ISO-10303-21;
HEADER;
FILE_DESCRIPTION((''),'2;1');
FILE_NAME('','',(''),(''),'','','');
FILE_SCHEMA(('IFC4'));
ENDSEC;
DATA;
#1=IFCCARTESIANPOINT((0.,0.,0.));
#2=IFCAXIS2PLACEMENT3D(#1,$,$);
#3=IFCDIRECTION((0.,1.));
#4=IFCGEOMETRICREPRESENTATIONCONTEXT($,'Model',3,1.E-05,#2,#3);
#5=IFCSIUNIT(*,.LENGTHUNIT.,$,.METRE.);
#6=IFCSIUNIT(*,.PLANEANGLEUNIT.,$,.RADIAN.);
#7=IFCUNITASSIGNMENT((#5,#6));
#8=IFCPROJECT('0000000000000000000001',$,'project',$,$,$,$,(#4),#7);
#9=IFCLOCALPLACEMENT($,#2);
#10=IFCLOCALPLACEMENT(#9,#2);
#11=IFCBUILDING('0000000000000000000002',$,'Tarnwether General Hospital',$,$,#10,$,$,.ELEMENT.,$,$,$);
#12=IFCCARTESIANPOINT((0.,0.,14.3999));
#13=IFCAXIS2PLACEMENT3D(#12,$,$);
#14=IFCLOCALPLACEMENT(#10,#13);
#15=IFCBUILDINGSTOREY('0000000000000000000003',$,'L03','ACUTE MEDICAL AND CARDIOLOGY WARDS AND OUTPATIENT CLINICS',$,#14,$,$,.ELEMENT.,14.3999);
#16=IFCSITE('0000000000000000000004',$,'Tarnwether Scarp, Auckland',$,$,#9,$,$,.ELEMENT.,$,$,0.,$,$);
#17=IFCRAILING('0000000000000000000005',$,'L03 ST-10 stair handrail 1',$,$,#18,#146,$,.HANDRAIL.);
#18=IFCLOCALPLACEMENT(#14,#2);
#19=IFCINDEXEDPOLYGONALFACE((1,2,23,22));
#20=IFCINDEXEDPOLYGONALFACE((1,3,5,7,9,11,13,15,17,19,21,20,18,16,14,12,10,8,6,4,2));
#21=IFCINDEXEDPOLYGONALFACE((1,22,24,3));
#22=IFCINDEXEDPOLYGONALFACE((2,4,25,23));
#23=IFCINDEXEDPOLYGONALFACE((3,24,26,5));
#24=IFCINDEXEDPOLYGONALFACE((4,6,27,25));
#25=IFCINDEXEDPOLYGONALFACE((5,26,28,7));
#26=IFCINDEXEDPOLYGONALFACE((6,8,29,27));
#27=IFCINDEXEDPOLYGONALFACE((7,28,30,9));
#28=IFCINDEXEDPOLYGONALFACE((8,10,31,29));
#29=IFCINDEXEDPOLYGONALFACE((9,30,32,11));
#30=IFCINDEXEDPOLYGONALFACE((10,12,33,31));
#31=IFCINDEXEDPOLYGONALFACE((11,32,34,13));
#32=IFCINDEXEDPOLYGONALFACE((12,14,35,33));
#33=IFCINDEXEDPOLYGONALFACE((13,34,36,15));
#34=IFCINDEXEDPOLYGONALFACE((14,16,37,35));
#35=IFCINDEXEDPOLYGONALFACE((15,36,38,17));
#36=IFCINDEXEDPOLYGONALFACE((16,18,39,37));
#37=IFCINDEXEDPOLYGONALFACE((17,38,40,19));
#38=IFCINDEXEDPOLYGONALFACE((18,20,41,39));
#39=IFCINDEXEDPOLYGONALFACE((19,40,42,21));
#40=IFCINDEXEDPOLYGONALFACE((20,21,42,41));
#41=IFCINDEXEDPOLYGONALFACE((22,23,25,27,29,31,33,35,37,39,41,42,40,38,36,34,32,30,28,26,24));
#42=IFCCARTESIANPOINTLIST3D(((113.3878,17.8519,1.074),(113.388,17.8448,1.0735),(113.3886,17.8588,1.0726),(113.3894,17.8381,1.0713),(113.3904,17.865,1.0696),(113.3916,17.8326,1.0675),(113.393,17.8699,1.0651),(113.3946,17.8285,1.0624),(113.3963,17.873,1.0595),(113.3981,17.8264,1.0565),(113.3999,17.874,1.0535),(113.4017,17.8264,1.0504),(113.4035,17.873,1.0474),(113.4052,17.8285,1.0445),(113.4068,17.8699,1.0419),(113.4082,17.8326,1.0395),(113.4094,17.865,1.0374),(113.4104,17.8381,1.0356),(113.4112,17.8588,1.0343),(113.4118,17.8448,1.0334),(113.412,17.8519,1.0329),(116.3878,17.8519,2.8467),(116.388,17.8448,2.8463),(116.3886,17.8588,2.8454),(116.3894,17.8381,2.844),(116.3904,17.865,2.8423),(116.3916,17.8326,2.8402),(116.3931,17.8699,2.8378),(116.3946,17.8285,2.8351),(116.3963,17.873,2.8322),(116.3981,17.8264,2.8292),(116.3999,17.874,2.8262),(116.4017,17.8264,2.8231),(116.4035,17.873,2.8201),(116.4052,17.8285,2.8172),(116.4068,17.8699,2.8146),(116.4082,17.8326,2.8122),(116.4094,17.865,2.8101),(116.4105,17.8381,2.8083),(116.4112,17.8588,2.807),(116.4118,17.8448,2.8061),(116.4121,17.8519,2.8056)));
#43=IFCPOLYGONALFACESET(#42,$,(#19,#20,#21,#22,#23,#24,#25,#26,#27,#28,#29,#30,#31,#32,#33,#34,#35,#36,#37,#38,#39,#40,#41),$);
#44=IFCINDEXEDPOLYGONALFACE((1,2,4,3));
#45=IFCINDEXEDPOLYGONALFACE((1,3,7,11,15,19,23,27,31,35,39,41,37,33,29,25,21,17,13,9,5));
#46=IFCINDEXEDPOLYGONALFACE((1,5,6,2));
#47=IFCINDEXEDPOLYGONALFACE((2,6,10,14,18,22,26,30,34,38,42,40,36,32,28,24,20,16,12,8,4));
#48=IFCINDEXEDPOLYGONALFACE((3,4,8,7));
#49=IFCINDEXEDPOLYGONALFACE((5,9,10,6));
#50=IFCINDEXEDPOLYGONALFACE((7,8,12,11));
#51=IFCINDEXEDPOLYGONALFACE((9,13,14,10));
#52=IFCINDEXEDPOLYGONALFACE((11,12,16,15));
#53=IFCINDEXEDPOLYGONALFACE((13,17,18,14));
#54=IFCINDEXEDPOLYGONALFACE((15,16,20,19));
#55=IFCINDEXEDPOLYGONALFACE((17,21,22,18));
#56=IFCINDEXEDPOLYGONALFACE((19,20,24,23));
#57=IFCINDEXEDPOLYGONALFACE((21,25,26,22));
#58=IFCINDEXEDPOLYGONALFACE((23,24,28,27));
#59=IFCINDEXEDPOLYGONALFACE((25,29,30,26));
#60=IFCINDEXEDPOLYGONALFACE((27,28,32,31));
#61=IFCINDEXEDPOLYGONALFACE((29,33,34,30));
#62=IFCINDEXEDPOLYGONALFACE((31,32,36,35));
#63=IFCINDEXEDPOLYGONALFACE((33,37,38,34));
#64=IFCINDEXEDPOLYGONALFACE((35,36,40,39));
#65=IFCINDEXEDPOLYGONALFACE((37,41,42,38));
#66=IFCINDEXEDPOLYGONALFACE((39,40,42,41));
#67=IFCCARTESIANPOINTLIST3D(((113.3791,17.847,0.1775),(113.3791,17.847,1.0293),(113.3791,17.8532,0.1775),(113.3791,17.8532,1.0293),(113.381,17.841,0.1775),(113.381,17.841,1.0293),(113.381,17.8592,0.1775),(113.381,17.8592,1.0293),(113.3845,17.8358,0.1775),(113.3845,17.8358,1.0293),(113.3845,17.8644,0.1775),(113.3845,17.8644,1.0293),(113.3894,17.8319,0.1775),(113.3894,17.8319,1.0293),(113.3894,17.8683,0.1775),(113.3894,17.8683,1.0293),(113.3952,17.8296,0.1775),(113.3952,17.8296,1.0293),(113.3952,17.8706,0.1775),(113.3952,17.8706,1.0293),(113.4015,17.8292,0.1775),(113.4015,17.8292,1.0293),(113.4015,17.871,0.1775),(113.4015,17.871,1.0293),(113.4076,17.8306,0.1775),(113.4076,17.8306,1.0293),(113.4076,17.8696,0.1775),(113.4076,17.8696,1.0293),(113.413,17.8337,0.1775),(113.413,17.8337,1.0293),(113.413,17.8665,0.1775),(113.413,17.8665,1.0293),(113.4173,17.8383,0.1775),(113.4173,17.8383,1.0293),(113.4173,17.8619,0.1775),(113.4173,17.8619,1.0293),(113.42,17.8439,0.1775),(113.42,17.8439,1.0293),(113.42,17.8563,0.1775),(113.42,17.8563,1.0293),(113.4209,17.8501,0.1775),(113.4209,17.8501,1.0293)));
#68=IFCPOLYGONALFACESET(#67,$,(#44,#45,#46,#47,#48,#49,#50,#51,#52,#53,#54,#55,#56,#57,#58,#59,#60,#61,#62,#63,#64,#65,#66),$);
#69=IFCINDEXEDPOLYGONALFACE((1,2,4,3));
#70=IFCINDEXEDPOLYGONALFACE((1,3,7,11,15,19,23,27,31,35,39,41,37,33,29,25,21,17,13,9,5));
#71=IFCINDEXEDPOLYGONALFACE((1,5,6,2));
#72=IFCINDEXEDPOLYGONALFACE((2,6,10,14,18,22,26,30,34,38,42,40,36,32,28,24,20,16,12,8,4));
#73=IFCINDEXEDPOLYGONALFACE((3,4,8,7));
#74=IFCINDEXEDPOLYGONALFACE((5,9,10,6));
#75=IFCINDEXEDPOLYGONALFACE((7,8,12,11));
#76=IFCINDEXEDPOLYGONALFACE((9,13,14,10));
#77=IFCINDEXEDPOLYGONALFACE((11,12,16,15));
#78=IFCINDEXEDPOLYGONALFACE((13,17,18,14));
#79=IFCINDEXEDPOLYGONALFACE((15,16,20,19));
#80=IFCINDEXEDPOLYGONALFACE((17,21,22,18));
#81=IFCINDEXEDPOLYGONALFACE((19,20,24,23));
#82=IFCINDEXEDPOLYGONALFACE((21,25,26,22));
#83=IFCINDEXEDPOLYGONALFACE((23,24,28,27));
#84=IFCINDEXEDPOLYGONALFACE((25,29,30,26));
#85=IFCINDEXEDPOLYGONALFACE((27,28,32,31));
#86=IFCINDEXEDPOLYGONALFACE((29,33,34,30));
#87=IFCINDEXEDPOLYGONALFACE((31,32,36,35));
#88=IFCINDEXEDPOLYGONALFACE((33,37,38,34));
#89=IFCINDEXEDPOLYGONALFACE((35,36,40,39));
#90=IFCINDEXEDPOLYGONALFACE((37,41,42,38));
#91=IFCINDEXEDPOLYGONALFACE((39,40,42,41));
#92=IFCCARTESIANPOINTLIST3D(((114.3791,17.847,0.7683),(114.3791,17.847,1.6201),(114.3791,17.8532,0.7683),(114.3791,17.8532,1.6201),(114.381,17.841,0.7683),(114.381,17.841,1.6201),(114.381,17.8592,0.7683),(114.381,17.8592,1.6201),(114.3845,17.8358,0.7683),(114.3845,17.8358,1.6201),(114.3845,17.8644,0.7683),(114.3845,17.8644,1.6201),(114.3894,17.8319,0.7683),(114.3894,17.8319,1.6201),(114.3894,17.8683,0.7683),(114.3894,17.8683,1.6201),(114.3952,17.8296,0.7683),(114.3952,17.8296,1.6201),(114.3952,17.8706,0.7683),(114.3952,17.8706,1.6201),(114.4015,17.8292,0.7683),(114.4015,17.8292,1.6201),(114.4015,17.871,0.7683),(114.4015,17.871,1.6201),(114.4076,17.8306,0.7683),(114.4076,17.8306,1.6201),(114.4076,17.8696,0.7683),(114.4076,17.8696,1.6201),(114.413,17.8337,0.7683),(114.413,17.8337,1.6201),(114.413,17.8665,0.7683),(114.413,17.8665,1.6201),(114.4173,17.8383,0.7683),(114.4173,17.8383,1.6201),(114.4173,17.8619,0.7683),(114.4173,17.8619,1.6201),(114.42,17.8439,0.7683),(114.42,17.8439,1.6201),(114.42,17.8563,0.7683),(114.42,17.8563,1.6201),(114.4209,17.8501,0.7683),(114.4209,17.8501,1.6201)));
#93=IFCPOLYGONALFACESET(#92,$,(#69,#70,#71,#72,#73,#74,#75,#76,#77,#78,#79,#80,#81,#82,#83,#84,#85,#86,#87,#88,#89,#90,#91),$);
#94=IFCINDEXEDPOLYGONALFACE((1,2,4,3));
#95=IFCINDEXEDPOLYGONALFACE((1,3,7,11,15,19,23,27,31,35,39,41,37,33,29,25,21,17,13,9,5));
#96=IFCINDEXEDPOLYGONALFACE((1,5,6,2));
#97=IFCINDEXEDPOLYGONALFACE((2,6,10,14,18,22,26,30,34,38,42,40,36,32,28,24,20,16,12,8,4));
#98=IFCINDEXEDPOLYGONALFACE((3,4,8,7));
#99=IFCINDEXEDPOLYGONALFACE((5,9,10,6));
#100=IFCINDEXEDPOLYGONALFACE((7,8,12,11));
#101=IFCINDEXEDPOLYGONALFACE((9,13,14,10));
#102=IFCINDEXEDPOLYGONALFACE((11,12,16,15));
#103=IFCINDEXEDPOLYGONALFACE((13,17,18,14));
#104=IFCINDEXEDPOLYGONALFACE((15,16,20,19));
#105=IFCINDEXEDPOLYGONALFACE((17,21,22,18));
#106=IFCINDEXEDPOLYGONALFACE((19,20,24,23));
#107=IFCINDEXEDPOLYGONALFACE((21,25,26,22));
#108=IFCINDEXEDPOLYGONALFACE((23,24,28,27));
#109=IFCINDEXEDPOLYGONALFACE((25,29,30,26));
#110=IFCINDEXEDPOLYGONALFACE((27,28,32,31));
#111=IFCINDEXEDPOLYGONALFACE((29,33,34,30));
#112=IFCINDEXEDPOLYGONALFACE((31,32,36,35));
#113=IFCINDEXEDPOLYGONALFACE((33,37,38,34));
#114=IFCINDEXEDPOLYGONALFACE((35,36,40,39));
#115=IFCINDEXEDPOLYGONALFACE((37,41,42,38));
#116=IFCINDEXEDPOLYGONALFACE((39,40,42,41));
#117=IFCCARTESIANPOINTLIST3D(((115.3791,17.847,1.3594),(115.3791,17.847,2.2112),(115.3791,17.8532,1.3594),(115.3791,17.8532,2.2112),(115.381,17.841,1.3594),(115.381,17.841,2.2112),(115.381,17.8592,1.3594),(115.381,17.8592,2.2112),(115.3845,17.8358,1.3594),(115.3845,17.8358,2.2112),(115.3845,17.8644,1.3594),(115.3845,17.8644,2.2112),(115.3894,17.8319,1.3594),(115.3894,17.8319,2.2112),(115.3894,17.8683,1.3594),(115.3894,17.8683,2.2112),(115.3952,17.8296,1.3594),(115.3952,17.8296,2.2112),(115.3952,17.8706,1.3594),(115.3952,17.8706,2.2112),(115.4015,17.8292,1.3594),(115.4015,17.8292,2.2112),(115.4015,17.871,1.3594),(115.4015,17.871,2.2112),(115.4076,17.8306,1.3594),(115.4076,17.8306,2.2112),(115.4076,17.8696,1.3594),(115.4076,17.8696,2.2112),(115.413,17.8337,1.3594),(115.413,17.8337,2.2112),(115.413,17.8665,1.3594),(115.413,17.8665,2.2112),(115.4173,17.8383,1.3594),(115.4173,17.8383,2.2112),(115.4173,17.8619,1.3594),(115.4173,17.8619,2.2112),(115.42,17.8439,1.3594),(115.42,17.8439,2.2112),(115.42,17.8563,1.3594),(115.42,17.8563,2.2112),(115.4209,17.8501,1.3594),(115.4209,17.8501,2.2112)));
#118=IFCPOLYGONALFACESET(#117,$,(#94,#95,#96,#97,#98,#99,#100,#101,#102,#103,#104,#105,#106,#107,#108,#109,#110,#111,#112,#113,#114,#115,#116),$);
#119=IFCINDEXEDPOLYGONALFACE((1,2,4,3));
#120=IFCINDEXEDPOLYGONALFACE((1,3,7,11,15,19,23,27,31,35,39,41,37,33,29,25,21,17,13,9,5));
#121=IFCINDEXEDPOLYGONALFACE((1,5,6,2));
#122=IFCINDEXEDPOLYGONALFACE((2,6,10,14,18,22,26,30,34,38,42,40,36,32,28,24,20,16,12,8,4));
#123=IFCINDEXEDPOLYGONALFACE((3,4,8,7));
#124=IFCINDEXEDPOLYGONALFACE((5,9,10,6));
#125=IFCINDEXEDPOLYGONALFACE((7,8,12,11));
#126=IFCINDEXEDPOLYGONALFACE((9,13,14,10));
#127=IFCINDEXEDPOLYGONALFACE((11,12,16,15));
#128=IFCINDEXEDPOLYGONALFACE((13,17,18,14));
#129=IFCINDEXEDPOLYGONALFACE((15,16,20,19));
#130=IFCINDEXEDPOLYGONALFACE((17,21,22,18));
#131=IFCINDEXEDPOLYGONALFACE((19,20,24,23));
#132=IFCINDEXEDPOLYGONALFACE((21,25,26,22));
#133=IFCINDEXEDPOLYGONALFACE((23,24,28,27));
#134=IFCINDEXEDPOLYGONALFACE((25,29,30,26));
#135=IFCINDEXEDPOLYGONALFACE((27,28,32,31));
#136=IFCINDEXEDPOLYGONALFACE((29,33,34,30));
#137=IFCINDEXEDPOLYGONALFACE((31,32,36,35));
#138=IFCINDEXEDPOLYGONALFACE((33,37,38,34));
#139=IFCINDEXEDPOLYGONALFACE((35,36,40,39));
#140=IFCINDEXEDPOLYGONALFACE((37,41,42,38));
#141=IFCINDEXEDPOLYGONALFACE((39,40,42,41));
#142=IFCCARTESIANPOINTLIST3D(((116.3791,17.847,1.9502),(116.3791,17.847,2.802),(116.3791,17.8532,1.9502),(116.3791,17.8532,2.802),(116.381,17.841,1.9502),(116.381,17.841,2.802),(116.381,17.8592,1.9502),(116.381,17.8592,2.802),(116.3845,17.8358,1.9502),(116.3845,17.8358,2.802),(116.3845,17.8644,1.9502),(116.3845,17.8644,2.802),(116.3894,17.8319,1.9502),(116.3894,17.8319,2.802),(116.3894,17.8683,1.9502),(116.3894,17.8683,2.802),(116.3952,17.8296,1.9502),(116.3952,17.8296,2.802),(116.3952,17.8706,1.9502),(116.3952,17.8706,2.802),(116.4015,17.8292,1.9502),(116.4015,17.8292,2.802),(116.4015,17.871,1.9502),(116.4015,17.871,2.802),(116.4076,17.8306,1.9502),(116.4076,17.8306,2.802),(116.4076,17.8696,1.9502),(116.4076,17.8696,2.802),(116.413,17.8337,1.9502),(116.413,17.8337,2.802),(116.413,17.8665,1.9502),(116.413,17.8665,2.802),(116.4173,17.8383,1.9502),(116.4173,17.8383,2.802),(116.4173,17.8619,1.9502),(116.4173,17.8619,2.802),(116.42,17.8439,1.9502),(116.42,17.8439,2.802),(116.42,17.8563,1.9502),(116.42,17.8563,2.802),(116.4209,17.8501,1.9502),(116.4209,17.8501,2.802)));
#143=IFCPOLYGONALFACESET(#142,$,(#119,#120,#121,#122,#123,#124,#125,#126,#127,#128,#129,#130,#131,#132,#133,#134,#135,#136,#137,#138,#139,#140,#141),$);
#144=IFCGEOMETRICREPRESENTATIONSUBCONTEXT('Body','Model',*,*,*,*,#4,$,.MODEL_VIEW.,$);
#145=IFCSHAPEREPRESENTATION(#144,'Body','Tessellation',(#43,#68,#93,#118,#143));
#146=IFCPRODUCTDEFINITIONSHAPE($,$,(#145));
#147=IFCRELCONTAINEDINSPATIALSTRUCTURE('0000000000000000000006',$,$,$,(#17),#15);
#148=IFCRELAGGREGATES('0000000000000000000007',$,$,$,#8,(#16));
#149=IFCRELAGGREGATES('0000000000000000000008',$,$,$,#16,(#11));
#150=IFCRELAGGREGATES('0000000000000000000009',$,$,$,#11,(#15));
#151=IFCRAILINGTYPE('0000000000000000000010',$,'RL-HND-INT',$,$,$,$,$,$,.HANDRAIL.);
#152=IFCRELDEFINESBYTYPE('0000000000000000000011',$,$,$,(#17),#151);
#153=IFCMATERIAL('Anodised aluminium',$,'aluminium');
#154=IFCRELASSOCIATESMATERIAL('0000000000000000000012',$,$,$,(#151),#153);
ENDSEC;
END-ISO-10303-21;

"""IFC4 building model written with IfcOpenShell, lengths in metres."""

from ifc_helpers import new_model, si_unit, direction, frame, origin, origin_2d, place, context, subcontext, project, spatial, circle, extrude, material, type_object, element, save


model = new_model("IFC4")

# Units and contexts
model_context = context("Model", 3, precision=1e-05, world=origin(), true_north=direction((0.0, 1.0)))
body_context = subcontext(model_context, "Body", "Model", "MODEL_VIEW")
ifc_project = project(units=[si_unit("LENGTHUNIT", "METRE"), si_unit("PLANEANGLEUNIT", "RADIAN")], contexts=[model_context])

# Site, building, storey
site_placement = place(None, origin())
site = spatial("IfcSite", under=ifc_project, at=site_placement, Name="Tarnwether Scarp, Auckland", CompositionType="ELEMENT", RefElevation=0.0)
building_placement = place(site_placement, origin())
building = spatial("IfcBuilding", under=site, at=building_placement, Name="Tarnwether General Hospital", CompositionType="ELEMENT")
storey_placement = place(building_placement, frame((0.0, 0.0, 14.3999)))
storey = spatial("IfcBuildingStorey", under=building, at=storey_placement, Name="L03", Description="ACUTE MEDICAL AND CARDIOLOGY WARDS AND OUTPATIENT CLINICS", CompositionType="ELEMENT", Elevation=14.3999)

# Railing
ifc_material_1 = material(Name="Anodised aluminium", Category="aluminium")
railing_type_1 = type_object("IfcRailingType", Name="RL-HND-INT", PredefinedType="HANDRAIL", material=ifc_material_1)
railing_1_placement = place(storey_placement, frame((113.3999, 17.8501, 0.1775)))
element("IfcRailing", 1, at=railing_1_placement, inside=storey, type_object=railing_type_1, Name="L03 ST-10 stair handrail 1", PredefinedType="HANDRAIL", context=body_context, shape_type="SweptSolid", body=[
    extrude(circle(Radius=0.0239, at=origin_2d()), frame((0.0, 0.0, 0.876), z_axis=(0.860929, 0.0, 0.508725), x_axis=(0.0, 1.0, 0.0)), (0.0, 0.0, 1.0), 3.4846),
    extrude(circle(Radius=0.021, at=origin_2d()), origin(), (0.0, 0.0, 1.0), 0.8518),
    extrude(circle(Radius=0.021, at=origin_2d()), frame((1.0, 0.0, 0.5908)), (0.0, 0.0, 1.0), 0.8518),
    extrude(circle(Radius=0.021, at=origin_2d()), frame((2.0, 0.0, 1.1819)), (0.0, 0.0, 1.0), 0.8518),
    extrude(circle(Radius=0.021, at=origin_2d()), frame((3.0, 0.0, 1.7727)), (0.0, 0.0, 1.0), 0.8518),
])

save(model, "model.ifc")
